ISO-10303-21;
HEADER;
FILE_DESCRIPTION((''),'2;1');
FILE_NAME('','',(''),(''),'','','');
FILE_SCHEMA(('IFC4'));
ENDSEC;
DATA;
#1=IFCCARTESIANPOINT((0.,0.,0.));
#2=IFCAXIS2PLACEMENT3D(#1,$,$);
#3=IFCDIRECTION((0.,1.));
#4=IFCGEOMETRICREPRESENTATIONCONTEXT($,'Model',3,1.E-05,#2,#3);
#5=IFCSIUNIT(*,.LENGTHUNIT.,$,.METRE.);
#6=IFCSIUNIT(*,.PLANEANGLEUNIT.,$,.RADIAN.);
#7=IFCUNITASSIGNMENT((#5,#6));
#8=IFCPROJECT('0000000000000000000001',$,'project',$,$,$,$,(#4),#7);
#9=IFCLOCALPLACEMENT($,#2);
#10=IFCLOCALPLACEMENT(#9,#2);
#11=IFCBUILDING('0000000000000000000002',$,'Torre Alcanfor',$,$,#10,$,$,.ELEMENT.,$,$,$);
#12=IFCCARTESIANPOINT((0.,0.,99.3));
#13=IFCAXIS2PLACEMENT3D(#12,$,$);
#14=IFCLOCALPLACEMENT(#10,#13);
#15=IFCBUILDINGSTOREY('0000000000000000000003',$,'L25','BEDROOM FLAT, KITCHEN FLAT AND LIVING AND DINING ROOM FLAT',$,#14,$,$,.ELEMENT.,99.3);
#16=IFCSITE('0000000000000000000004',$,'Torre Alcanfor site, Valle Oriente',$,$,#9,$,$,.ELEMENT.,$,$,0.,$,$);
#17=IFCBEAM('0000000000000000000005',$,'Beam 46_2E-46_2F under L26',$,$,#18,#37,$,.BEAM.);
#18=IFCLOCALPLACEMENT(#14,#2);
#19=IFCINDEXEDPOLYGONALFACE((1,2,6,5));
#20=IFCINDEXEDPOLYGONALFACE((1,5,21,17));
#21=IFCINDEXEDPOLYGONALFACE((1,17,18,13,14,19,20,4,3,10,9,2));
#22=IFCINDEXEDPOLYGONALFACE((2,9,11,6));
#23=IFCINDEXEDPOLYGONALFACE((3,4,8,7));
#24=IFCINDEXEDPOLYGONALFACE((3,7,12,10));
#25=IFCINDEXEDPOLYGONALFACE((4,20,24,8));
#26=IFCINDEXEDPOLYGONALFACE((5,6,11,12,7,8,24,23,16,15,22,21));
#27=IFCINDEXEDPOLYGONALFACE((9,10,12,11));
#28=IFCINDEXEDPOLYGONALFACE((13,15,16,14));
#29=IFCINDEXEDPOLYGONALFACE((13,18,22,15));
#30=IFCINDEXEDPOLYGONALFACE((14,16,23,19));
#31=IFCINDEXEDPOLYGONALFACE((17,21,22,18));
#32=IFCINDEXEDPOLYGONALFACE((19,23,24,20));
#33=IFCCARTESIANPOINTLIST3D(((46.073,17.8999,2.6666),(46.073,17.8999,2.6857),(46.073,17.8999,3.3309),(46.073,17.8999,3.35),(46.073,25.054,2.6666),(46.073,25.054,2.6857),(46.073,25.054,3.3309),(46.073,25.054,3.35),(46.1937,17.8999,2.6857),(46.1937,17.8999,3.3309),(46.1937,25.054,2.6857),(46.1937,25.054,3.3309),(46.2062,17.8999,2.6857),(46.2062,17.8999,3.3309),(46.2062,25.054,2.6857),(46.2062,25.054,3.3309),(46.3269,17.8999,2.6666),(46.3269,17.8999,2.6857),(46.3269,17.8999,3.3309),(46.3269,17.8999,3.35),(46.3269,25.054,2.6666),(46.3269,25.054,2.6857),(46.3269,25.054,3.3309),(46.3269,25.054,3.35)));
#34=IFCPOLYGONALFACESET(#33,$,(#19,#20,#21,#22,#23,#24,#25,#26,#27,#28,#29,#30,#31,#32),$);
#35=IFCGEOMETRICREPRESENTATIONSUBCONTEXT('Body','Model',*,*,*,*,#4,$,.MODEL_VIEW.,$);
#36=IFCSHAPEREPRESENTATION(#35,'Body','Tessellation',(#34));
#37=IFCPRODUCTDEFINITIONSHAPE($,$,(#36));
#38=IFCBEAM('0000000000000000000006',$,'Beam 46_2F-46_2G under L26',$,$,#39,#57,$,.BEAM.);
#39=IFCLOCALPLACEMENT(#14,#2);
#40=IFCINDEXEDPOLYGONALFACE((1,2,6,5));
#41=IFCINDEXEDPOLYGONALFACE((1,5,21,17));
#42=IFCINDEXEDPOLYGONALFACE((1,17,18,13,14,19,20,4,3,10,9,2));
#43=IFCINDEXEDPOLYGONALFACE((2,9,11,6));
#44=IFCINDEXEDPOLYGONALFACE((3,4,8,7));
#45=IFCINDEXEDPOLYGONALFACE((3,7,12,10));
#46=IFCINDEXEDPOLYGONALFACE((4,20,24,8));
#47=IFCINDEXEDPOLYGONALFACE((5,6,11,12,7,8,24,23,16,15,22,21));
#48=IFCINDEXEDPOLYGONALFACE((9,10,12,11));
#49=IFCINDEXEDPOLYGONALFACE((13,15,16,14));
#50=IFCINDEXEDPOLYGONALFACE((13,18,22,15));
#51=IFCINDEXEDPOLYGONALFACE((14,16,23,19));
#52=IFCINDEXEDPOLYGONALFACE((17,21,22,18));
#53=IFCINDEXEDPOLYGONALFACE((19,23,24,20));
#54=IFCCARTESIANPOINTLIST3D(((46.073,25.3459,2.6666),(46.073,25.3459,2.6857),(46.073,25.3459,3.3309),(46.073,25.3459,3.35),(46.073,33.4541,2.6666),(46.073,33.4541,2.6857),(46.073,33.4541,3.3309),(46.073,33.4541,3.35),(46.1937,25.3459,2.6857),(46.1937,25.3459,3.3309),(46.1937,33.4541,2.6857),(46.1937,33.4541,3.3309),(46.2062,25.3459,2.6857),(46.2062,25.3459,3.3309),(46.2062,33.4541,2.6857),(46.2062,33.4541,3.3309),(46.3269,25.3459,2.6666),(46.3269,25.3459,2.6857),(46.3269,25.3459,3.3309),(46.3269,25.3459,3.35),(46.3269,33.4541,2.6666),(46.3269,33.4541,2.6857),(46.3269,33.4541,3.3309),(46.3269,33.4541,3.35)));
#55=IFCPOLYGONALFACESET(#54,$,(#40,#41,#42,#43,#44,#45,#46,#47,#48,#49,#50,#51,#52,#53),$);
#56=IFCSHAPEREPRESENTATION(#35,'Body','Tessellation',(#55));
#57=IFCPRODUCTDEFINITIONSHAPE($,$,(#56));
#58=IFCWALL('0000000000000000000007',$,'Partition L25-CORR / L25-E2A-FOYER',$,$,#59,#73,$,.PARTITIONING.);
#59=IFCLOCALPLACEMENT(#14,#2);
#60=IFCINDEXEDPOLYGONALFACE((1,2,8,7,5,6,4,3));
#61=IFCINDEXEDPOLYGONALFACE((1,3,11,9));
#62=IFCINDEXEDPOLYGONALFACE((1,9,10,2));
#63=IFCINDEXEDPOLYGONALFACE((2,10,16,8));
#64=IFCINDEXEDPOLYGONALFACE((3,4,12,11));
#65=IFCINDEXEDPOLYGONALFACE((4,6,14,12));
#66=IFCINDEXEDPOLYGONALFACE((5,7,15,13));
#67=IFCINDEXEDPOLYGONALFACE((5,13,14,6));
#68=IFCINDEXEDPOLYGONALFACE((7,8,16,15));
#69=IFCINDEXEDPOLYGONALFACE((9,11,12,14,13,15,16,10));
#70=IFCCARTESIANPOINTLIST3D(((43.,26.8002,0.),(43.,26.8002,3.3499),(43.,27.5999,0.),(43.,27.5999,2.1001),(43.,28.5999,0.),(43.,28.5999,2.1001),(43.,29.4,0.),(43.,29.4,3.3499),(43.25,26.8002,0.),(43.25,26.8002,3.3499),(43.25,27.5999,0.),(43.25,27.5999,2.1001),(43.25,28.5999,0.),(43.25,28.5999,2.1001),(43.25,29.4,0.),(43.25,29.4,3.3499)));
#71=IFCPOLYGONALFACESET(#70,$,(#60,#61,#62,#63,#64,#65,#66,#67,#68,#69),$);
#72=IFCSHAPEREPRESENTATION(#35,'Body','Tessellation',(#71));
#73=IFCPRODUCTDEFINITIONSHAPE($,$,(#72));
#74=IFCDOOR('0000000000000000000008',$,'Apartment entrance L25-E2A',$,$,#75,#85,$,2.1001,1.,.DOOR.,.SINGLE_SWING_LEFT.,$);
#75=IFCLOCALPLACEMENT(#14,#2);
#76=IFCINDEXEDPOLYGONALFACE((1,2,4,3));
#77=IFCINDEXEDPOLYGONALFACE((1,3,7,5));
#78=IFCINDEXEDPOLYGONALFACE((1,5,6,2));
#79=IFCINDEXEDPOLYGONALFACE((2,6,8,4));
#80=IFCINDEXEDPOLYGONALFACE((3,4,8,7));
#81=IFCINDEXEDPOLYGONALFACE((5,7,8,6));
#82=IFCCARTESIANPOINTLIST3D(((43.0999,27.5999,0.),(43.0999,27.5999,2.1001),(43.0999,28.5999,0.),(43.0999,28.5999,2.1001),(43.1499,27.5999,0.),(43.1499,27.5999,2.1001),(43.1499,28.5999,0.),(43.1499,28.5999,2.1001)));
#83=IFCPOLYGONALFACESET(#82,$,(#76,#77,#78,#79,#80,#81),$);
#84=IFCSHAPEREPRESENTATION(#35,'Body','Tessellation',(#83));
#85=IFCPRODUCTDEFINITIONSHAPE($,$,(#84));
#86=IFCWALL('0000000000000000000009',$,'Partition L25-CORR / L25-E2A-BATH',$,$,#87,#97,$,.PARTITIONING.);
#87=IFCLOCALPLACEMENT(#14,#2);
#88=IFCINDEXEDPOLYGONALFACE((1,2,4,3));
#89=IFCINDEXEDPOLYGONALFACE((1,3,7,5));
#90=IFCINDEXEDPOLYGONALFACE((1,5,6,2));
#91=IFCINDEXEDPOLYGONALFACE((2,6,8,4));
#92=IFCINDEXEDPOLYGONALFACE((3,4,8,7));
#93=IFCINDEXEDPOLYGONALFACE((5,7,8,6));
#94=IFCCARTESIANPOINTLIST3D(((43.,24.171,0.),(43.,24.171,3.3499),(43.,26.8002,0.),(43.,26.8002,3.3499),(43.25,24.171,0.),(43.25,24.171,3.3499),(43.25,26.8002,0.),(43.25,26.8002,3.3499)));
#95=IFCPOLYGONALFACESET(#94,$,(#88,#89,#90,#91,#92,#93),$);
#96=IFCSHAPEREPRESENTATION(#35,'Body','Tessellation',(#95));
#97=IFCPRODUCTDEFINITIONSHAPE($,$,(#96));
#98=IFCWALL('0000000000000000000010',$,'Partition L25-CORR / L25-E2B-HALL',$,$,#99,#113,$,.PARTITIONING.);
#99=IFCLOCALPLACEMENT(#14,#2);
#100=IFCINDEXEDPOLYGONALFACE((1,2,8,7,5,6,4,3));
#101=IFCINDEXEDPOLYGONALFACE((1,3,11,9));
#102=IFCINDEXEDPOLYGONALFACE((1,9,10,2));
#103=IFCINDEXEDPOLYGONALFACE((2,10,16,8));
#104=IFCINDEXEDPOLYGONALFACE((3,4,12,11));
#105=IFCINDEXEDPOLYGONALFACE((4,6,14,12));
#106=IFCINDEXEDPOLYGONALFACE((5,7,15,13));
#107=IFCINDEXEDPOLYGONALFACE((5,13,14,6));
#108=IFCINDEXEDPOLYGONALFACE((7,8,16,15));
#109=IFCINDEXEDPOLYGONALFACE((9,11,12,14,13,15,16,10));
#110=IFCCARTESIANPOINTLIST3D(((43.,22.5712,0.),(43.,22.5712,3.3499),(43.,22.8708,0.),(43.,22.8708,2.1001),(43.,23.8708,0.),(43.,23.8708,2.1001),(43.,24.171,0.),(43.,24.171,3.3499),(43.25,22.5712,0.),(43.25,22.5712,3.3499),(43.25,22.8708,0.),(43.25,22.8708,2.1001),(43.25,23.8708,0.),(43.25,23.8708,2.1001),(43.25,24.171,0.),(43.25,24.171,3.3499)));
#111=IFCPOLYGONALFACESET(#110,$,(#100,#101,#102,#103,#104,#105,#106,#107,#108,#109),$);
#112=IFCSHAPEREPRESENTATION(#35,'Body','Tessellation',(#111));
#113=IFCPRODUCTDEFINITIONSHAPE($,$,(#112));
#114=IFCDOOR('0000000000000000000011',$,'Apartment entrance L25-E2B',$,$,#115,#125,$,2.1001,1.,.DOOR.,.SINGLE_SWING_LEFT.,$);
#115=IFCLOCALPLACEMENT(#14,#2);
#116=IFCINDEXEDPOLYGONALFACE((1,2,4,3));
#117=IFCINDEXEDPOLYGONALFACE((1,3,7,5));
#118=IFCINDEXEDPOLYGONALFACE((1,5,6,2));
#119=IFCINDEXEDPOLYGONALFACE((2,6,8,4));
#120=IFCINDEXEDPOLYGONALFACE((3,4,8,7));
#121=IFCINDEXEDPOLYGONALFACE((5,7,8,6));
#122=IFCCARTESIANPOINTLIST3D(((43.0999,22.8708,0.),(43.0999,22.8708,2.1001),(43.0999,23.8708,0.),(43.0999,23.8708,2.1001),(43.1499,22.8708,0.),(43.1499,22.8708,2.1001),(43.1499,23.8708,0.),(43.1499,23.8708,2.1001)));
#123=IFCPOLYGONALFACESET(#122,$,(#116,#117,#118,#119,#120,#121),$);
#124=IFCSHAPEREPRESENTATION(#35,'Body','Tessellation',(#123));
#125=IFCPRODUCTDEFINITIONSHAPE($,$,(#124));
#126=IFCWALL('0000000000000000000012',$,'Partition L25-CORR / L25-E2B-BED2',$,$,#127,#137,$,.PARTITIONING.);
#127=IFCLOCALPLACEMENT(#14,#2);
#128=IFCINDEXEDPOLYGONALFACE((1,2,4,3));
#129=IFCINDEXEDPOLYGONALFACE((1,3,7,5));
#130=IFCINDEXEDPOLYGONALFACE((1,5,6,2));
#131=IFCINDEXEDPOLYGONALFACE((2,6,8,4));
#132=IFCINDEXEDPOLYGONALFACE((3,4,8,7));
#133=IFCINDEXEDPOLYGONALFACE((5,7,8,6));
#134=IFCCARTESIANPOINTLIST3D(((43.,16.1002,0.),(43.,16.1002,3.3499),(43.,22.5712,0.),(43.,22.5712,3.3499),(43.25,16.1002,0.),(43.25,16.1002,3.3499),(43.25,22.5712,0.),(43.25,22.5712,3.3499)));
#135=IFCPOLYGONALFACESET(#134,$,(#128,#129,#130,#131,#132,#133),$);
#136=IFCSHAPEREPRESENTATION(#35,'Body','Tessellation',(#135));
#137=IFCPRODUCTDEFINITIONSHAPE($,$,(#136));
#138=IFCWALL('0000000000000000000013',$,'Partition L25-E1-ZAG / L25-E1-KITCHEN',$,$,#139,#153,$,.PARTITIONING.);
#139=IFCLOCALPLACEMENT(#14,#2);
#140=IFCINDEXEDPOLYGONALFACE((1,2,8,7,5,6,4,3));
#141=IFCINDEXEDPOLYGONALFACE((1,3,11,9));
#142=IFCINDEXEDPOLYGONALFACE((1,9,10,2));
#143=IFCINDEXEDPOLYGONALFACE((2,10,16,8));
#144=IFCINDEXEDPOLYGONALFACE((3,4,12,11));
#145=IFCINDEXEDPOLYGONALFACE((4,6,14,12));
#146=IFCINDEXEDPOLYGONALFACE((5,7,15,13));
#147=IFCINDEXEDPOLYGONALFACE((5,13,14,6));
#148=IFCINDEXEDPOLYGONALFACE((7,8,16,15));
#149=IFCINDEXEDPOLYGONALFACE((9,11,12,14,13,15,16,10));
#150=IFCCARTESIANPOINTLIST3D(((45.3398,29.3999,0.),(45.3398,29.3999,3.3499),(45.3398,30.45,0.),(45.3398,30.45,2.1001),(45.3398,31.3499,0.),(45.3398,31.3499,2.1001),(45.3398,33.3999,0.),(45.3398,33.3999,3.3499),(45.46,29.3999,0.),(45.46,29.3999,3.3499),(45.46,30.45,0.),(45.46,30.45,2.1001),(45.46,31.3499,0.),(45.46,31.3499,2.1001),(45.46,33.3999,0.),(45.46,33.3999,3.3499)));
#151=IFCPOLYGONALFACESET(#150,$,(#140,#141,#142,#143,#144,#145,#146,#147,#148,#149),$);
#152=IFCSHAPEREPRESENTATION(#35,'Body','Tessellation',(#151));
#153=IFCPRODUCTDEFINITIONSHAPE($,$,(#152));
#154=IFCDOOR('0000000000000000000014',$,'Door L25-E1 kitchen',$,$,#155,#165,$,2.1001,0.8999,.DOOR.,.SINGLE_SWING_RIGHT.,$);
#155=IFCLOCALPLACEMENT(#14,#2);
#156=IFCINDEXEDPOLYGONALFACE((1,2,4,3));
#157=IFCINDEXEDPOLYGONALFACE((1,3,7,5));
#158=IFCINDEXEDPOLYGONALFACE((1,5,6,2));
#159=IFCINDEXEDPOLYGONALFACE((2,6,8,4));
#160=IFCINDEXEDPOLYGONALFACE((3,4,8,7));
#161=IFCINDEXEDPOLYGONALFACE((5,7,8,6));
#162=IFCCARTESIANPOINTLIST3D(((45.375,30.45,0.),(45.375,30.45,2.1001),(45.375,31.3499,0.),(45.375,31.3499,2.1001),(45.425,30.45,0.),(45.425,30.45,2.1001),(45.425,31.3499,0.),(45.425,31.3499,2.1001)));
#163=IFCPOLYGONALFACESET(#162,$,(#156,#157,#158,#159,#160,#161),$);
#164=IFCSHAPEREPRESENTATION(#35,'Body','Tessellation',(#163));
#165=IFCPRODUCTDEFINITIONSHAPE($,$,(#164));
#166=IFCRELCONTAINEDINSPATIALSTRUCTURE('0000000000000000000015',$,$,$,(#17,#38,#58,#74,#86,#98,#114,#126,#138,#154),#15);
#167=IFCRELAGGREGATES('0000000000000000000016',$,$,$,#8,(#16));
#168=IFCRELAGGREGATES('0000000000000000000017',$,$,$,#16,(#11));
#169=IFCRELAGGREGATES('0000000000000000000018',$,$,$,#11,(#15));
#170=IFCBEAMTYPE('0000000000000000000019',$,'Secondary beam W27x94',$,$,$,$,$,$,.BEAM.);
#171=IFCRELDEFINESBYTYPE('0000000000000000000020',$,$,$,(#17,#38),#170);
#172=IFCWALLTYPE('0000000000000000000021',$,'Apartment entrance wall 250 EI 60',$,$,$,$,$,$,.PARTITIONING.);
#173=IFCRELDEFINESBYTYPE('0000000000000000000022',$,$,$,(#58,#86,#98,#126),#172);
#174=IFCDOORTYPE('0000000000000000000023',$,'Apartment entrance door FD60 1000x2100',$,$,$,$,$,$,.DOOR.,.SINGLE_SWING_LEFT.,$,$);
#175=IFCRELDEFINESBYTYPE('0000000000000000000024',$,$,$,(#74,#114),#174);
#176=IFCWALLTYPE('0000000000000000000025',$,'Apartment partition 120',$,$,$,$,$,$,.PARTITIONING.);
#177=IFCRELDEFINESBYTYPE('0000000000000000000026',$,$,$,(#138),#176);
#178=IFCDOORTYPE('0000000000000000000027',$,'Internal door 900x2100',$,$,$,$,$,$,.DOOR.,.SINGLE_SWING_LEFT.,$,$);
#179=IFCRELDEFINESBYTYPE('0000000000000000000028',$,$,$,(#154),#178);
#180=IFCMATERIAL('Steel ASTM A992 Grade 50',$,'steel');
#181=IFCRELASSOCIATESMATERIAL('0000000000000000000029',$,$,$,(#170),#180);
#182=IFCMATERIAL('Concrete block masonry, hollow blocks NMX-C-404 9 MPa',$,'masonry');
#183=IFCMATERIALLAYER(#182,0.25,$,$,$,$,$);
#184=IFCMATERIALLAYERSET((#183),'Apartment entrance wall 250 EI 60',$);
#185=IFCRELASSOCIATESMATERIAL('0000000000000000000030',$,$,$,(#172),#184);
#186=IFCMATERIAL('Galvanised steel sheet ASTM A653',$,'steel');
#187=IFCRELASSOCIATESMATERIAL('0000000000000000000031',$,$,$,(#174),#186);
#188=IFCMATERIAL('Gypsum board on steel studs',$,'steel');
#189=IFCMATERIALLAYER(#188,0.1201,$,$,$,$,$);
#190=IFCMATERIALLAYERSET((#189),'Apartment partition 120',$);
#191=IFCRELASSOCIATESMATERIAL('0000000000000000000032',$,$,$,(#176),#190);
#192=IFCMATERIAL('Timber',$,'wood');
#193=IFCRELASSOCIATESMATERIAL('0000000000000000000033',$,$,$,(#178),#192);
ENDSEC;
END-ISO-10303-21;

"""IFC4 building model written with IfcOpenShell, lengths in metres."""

from ifc_helpers import new_model, si_unit, direction, frame, frame_2d, origin, origin_2d, place, context, subcontext, project, spatial, rectangle, i_section, extrude, material, layer, layer_set, material_profile, profile_set, type_object, element, fill, save


model = new_model("IFC4")

# Units and contexts
model_context = context("Model", 3, precision=1e-05, world=origin(), true_north=direction((0.0, 1.0)))
body_context = subcontext(model_context, "Body", "Model", "MODEL_VIEW")
ifc_project = project(units=[si_unit("LENGTHUNIT", "METRE"), si_unit("PLANEANGLEUNIT", "RADIAN")], contexts=[model_context])

# Site, building, storey
site_placement = place(None, origin())
site = spatial("IfcSite", under=ifc_project, at=site_placement, Name="Torre Alcanfor site, Valle Oriente", CompositionType="ELEMENT", RefElevation=0.0)
building_placement = place(site_placement, origin())
building = spatial("IfcBuilding", under=site, at=building_placement, Name="Torre Alcanfor", CompositionType="ELEMENT")
storey_placement = place(building_placement, frame((0.0, 0.0, 99.3)))
storey = spatial("IfcBuildingStorey", under=building, at=storey_placement, Name="L25", Description="BEDROOM FLAT, KITCHEN FLAT AND LIVING AND DINING ROOM FLAT", CompositionType="ELEMENT", Elevation=99.3)

# Beams
ifc_material_1 = material(Name="Steel ASTM A992 Grade 50", Category="steel")
ifc_material_profile = material_profile(ifc_material_1, i_section(OverallWidth=0.2539, OverallDepth=0.6833, WebThickness=0.0125, FlangeThickness=0.019, at=origin_2d()), Name="W27x94")
ifc_profile_set = profile_set([ifc_material_profile], Name="Steel ASTM A992 Grade 50")
beam_type = type_object("IfcBeamType", Name="Secondary beam W27x94", PredefinedType="BEAM", material=ifc_profile_set)
beam_1_placement = place(storey_placement, frame((46.2, 17.8999, 3.0083), z_axis=(0.0, 1.0, 0.0), x_axis=(-1.0, 0.0, 0.0)))
element("IfcBeam", 1, at=beam_1_placement, inside=storey, type_object=beam_type, Name="Beam 46_2E-46_2F under L26", PredefinedType="BEAM", context=body_context, shape_type="SweptSolid", body=[
    extrude(i_section(OverallWidth=0.2539, OverallDepth=0.6833, WebThickness=0.0125, FlangeThickness=0.019, at=origin_2d()), origin(), (0.0, 0.0, 1.0), 7.1541),
])
beam_2_placement = place(storey_placement, frame((46.2, 25.3459, 3.0083), z_axis=(0.0, 1.0, 0.0), x_axis=(-1.0, 0.0, 0.0)))
element("IfcBeam", 2, at=beam_2_placement, inside=storey, type_object=beam_type, Name="Beam 46_2F-46_2G under L26", PredefinedType="BEAM", context=body_context, shape_type="SweptSolid", body=[
    extrude(i_section(OverallWidth=0.2539, OverallDepth=0.6833, WebThickness=0.0125, FlangeThickness=0.019, at=origin_2d()), origin(), (0.0, 0.0, 1.0), 8.1082),
])

# Wall, opening, door
ifc_material_2 = material(Name="Concrete block masonry, hollow blocks NMX-C-404 9 MPa", Category="masonry")
ifc_layer_1 = layer(ifc_material_2, 0.25)
ifc_layer_set_1 = layer_set([ifc_layer_1], Name="Apartment entrance wall 250 EI 60")
wall_type_1 = type_object("IfcWallType", Name="Apartment entrance wall 250 EI 60", PredefinedType="PARTITIONING", material=ifc_layer_set_1)
wall_1_placement = place(storey_placement, frame((43.125, 29.3999, 0.0), z_axis=(0.0, 0.0, 1.0), x_axis=(0.0, -1.0, 0.0)))
wall_1 = element("IfcWall", 3, at=wall_1_placement, inside=storey, type_object=wall_type_1, Name="Partition L25-CORR / L25-E2A-FOYER", PredefinedType="PARTITIONING", context=body_context, shape_type="SweptSolid", body=[
    extrude(rectangle(XDim=2.5999, YDim=0.25, at=frame_2d((1.2998, 0.0))), origin(), (0.0, 0.0, 1.0), 3.3499),
])
opening_1_placement = place(wall_1_placement, frame((0.8, 0.0, 0.0)))
opening_1 = element("IfcOpeningElement", 4, at=opening_1_placement, cuts=wall_1, PredefinedType="OPENING", context=body_context, shape_type="SweptSolid", body=[
    extrude(rectangle(XDim=1.0, YDim=2.1001, at=frame_2d((0.5, 1.05))), frame((0.0, 0.135, 0.0), z_axis=(0.0, -1.0, 0.0), x_axis=(1.0, 0.0, 0.0)), (0.0, 0.0, 1.0), 0.27),
])
ifc_material_3 = material(Name="Galvanised steel sheet ASTM A653", Category="steel")
door_type_1 = type_object("IfcDoorType", Name="Apartment entrance door FD60 1000x2100", OperationType="SINGLE_SWING_LEFT", PredefinedType="DOOR", material=ifc_material_3)
door_1_placement = place(opening_1_placement, origin())
door_1 = element("IfcDoor", 5, at=door_1_placement, inside=storey, type_object=door_type_1, Name="Apartment entrance L25-E2A", OperationType="SINGLE_SWING_LEFT", OverallHeight=2.1001, OverallWidth=1.0, PredefinedType="DOOR", context=body_context, shape_type="SweptSolid", body=[
    extrude(rectangle(XDim=1.0, YDim=2.1001, at=frame_2d((0.5, 1.05))), frame((0.0, 0.0249, 0.0), z_axis=(0.0, -1.0, 0.0), x_axis=(1.0, 0.0, 0.0)), (0.0, 0.0, 1.0), 0.05),
])
fill(opening_1, door_1)

# Wall
wall_2_placement = place(storey_placement, frame((43.125, 26.8, 0.0), z_axis=(0.0, 0.0, 1.0), x_axis=(0.0, -1.0, 0.0)))
element("IfcWall", 6, at=wall_2_placement, inside=storey, type_object=wall_type_1, Name="Partition L25-CORR / L25-E2A-BATH", PredefinedType="PARTITIONING", context=body_context, shape_type="SweptSolid", body=[
    extrude(rectangle(XDim=2.6292, YDim=0.25, at=frame_2d((1.3145, 0.0))), origin(), (0.0, 0.0, 1.0), 3.3499),
])

# Wall, opening, door
wall_3_placement = place(storey_placement, frame((43.125, 24.1709, 0.0), z_axis=(0.0, 0.0, 1.0), x_axis=(0.0, -1.0, 0.0)))
wall_3 = element("IfcWall", 7, at=wall_3_placement, inside=storey, type_object=wall_type_1, Name="Partition L25-CORR / L25-E2B-HALL", PredefinedType="PARTITIONING", context=body_context, shape_type="SweptSolid", body=[
    extrude(rectangle(XDim=1.5999, YDim=0.25, at=frame_2d((0.7998, 0.0))), origin(), (0.0, 0.0, 1.0), 3.3499),
])
opening_2_placement = place(wall_3_placement, frame((0.3, 0.0, 0.0)))
opening_2 = element("IfcOpeningElement", 8, at=opening_2_placement, cuts=wall_3, PredefinedType="OPENING", context=body_context, shape_type="SweptSolid", body=[
    extrude(rectangle(XDim=1.0, YDim=2.1001, at=frame_2d((0.5, 1.05))), frame((0.0, 0.135, 0.0), z_axis=(0.0, -1.0, 0.0), x_axis=(1.0, 0.0, 0.0)), (0.0, 0.0, 1.0), 0.27),
])
door_2_placement = place(opening_2_placement, origin())
door_2 = element("IfcDoor", 9, at=door_2_placement, inside=storey, type_object=door_type_1, Name="Apartment entrance L25-E2B", OperationType="SINGLE_SWING_LEFT", OverallHeight=2.1001, OverallWidth=1.0, PredefinedType="DOOR", context=body_context, shape_type="SweptSolid", body=[
    extrude(rectangle(XDim=1.0, YDim=2.1001, at=frame_2d((0.5, 1.05))), frame((0.0, 0.0249, 0.0), z_axis=(0.0, -1.0, 0.0), x_axis=(1.0, 0.0, 0.0)), (0.0, 0.0, 1.0), 0.05),
])
fill(opening_2, door_2)

# Wall
wall_4_placement = place(storey_placement, frame((43.125, 22.571, 0.0), z_axis=(0.0, 0.0, 1.0), x_axis=(0.0, -1.0, 0.0)))
element("IfcWall", 10, at=wall_4_placement, inside=storey, type_object=wall_type_1, Name="Partition L25-CORR / L25-E2B-BED2", PredefinedType="PARTITIONING", context=body_context, shape_type="SweptSolid", body=[
    extrude(rectangle(XDim=6.4709, YDim=0.25, at=frame_2d((3.2354, 0.0))), origin(), (0.0, 0.0, 1.0), 3.3499),
])

# Wall, opening, door
ifc_material_4 = material(Name="Gypsum board on steel studs", Category="steel")
ifc_layer_2 = layer(ifc_material_4, 0.1201)
ifc_layer_set_2 = layer_set([ifc_layer_2], Name="Apartment partition 120")
wall_type_2 = type_object("IfcWallType", Name="Apartment partition 120", PredefinedType="PARTITIONING", material=ifc_layer_set_2)
wall_5_placement = place(storey_placement, frame((45.3999, 29.3999, 0.0), z_axis=(0.0, 0.0, 1.0), x_axis=(0.0, 1.0, 0.0)))
wall_5 = element("IfcWall", 11, at=wall_5_placement, inside=storey, type_object=wall_type_2, Name="Partition L25-E1-ZAG / L25-E1-KITCHEN", PredefinedType="PARTITIONING", context=body_context, shape_type="SweptSolid", body=[
    extrude(rectangle(XDim=4.0, YDim=0.1201, at=frame_2d((2.0, 0.0))), origin(), (0.0, 0.0, 1.0), 3.3499),
])
opening_3_placement = place(wall_5_placement, frame((1.05, 0.0, 0.0)))
opening_3 = element("IfcOpeningElement", 12, at=opening_3_placement, cuts=wall_5, PredefinedType="OPENING", context=body_context, shape_type="SweptSolid", body=[
    extrude(rectangle(XDim=0.8999, YDim=2.1001, at=frame_2d((0.45, 1.05))), frame((0.0, 0.0701, 0.0), z_axis=(0.0, -1.0, 0.0), x_axis=(1.0, 0.0, 0.0)), (0.0, 0.0, 1.0), 0.1401),
])
ifc_material_5 = material(Name="Timber", Category="wood")
door_type_2 = type_object("IfcDoorType", Name="Internal door 900x2100", OperationType="SINGLE_SWING_LEFT", PredefinedType="DOOR", material=ifc_material_5)
door_3_placement = place(opening_3_placement, frame((0.8999, 0.0, 0.0), z_axis=(0.0, 0.0, 1.0), x_axis=(-1.0, 0.0, 0.0)))
door_3 = element("IfcDoor", 13, at=door_3_placement, inside=storey, type_object=door_type_2, Name="Door L25-E1 kitchen", OperationType="SINGLE_SWING_RIGHT", OverallHeight=2.1001, OverallWidth=0.8999, PredefinedType="DOOR", context=body_context, shape_type="SweptSolid", body=[
    extrude(rectangle(XDim=0.8999, YDim=2.1001, at=frame_2d((0.45, 1.05))), frame((0.0, 0.0251, 0.0), z_axis=(0.0, -1.0, 0.0), x_axis=(1.0, 0.0, 0.0)), (0.0, 0.0, 1.0), 0.05),
])
fill(opening_3, door_3)

save(model, "model.ifc")
